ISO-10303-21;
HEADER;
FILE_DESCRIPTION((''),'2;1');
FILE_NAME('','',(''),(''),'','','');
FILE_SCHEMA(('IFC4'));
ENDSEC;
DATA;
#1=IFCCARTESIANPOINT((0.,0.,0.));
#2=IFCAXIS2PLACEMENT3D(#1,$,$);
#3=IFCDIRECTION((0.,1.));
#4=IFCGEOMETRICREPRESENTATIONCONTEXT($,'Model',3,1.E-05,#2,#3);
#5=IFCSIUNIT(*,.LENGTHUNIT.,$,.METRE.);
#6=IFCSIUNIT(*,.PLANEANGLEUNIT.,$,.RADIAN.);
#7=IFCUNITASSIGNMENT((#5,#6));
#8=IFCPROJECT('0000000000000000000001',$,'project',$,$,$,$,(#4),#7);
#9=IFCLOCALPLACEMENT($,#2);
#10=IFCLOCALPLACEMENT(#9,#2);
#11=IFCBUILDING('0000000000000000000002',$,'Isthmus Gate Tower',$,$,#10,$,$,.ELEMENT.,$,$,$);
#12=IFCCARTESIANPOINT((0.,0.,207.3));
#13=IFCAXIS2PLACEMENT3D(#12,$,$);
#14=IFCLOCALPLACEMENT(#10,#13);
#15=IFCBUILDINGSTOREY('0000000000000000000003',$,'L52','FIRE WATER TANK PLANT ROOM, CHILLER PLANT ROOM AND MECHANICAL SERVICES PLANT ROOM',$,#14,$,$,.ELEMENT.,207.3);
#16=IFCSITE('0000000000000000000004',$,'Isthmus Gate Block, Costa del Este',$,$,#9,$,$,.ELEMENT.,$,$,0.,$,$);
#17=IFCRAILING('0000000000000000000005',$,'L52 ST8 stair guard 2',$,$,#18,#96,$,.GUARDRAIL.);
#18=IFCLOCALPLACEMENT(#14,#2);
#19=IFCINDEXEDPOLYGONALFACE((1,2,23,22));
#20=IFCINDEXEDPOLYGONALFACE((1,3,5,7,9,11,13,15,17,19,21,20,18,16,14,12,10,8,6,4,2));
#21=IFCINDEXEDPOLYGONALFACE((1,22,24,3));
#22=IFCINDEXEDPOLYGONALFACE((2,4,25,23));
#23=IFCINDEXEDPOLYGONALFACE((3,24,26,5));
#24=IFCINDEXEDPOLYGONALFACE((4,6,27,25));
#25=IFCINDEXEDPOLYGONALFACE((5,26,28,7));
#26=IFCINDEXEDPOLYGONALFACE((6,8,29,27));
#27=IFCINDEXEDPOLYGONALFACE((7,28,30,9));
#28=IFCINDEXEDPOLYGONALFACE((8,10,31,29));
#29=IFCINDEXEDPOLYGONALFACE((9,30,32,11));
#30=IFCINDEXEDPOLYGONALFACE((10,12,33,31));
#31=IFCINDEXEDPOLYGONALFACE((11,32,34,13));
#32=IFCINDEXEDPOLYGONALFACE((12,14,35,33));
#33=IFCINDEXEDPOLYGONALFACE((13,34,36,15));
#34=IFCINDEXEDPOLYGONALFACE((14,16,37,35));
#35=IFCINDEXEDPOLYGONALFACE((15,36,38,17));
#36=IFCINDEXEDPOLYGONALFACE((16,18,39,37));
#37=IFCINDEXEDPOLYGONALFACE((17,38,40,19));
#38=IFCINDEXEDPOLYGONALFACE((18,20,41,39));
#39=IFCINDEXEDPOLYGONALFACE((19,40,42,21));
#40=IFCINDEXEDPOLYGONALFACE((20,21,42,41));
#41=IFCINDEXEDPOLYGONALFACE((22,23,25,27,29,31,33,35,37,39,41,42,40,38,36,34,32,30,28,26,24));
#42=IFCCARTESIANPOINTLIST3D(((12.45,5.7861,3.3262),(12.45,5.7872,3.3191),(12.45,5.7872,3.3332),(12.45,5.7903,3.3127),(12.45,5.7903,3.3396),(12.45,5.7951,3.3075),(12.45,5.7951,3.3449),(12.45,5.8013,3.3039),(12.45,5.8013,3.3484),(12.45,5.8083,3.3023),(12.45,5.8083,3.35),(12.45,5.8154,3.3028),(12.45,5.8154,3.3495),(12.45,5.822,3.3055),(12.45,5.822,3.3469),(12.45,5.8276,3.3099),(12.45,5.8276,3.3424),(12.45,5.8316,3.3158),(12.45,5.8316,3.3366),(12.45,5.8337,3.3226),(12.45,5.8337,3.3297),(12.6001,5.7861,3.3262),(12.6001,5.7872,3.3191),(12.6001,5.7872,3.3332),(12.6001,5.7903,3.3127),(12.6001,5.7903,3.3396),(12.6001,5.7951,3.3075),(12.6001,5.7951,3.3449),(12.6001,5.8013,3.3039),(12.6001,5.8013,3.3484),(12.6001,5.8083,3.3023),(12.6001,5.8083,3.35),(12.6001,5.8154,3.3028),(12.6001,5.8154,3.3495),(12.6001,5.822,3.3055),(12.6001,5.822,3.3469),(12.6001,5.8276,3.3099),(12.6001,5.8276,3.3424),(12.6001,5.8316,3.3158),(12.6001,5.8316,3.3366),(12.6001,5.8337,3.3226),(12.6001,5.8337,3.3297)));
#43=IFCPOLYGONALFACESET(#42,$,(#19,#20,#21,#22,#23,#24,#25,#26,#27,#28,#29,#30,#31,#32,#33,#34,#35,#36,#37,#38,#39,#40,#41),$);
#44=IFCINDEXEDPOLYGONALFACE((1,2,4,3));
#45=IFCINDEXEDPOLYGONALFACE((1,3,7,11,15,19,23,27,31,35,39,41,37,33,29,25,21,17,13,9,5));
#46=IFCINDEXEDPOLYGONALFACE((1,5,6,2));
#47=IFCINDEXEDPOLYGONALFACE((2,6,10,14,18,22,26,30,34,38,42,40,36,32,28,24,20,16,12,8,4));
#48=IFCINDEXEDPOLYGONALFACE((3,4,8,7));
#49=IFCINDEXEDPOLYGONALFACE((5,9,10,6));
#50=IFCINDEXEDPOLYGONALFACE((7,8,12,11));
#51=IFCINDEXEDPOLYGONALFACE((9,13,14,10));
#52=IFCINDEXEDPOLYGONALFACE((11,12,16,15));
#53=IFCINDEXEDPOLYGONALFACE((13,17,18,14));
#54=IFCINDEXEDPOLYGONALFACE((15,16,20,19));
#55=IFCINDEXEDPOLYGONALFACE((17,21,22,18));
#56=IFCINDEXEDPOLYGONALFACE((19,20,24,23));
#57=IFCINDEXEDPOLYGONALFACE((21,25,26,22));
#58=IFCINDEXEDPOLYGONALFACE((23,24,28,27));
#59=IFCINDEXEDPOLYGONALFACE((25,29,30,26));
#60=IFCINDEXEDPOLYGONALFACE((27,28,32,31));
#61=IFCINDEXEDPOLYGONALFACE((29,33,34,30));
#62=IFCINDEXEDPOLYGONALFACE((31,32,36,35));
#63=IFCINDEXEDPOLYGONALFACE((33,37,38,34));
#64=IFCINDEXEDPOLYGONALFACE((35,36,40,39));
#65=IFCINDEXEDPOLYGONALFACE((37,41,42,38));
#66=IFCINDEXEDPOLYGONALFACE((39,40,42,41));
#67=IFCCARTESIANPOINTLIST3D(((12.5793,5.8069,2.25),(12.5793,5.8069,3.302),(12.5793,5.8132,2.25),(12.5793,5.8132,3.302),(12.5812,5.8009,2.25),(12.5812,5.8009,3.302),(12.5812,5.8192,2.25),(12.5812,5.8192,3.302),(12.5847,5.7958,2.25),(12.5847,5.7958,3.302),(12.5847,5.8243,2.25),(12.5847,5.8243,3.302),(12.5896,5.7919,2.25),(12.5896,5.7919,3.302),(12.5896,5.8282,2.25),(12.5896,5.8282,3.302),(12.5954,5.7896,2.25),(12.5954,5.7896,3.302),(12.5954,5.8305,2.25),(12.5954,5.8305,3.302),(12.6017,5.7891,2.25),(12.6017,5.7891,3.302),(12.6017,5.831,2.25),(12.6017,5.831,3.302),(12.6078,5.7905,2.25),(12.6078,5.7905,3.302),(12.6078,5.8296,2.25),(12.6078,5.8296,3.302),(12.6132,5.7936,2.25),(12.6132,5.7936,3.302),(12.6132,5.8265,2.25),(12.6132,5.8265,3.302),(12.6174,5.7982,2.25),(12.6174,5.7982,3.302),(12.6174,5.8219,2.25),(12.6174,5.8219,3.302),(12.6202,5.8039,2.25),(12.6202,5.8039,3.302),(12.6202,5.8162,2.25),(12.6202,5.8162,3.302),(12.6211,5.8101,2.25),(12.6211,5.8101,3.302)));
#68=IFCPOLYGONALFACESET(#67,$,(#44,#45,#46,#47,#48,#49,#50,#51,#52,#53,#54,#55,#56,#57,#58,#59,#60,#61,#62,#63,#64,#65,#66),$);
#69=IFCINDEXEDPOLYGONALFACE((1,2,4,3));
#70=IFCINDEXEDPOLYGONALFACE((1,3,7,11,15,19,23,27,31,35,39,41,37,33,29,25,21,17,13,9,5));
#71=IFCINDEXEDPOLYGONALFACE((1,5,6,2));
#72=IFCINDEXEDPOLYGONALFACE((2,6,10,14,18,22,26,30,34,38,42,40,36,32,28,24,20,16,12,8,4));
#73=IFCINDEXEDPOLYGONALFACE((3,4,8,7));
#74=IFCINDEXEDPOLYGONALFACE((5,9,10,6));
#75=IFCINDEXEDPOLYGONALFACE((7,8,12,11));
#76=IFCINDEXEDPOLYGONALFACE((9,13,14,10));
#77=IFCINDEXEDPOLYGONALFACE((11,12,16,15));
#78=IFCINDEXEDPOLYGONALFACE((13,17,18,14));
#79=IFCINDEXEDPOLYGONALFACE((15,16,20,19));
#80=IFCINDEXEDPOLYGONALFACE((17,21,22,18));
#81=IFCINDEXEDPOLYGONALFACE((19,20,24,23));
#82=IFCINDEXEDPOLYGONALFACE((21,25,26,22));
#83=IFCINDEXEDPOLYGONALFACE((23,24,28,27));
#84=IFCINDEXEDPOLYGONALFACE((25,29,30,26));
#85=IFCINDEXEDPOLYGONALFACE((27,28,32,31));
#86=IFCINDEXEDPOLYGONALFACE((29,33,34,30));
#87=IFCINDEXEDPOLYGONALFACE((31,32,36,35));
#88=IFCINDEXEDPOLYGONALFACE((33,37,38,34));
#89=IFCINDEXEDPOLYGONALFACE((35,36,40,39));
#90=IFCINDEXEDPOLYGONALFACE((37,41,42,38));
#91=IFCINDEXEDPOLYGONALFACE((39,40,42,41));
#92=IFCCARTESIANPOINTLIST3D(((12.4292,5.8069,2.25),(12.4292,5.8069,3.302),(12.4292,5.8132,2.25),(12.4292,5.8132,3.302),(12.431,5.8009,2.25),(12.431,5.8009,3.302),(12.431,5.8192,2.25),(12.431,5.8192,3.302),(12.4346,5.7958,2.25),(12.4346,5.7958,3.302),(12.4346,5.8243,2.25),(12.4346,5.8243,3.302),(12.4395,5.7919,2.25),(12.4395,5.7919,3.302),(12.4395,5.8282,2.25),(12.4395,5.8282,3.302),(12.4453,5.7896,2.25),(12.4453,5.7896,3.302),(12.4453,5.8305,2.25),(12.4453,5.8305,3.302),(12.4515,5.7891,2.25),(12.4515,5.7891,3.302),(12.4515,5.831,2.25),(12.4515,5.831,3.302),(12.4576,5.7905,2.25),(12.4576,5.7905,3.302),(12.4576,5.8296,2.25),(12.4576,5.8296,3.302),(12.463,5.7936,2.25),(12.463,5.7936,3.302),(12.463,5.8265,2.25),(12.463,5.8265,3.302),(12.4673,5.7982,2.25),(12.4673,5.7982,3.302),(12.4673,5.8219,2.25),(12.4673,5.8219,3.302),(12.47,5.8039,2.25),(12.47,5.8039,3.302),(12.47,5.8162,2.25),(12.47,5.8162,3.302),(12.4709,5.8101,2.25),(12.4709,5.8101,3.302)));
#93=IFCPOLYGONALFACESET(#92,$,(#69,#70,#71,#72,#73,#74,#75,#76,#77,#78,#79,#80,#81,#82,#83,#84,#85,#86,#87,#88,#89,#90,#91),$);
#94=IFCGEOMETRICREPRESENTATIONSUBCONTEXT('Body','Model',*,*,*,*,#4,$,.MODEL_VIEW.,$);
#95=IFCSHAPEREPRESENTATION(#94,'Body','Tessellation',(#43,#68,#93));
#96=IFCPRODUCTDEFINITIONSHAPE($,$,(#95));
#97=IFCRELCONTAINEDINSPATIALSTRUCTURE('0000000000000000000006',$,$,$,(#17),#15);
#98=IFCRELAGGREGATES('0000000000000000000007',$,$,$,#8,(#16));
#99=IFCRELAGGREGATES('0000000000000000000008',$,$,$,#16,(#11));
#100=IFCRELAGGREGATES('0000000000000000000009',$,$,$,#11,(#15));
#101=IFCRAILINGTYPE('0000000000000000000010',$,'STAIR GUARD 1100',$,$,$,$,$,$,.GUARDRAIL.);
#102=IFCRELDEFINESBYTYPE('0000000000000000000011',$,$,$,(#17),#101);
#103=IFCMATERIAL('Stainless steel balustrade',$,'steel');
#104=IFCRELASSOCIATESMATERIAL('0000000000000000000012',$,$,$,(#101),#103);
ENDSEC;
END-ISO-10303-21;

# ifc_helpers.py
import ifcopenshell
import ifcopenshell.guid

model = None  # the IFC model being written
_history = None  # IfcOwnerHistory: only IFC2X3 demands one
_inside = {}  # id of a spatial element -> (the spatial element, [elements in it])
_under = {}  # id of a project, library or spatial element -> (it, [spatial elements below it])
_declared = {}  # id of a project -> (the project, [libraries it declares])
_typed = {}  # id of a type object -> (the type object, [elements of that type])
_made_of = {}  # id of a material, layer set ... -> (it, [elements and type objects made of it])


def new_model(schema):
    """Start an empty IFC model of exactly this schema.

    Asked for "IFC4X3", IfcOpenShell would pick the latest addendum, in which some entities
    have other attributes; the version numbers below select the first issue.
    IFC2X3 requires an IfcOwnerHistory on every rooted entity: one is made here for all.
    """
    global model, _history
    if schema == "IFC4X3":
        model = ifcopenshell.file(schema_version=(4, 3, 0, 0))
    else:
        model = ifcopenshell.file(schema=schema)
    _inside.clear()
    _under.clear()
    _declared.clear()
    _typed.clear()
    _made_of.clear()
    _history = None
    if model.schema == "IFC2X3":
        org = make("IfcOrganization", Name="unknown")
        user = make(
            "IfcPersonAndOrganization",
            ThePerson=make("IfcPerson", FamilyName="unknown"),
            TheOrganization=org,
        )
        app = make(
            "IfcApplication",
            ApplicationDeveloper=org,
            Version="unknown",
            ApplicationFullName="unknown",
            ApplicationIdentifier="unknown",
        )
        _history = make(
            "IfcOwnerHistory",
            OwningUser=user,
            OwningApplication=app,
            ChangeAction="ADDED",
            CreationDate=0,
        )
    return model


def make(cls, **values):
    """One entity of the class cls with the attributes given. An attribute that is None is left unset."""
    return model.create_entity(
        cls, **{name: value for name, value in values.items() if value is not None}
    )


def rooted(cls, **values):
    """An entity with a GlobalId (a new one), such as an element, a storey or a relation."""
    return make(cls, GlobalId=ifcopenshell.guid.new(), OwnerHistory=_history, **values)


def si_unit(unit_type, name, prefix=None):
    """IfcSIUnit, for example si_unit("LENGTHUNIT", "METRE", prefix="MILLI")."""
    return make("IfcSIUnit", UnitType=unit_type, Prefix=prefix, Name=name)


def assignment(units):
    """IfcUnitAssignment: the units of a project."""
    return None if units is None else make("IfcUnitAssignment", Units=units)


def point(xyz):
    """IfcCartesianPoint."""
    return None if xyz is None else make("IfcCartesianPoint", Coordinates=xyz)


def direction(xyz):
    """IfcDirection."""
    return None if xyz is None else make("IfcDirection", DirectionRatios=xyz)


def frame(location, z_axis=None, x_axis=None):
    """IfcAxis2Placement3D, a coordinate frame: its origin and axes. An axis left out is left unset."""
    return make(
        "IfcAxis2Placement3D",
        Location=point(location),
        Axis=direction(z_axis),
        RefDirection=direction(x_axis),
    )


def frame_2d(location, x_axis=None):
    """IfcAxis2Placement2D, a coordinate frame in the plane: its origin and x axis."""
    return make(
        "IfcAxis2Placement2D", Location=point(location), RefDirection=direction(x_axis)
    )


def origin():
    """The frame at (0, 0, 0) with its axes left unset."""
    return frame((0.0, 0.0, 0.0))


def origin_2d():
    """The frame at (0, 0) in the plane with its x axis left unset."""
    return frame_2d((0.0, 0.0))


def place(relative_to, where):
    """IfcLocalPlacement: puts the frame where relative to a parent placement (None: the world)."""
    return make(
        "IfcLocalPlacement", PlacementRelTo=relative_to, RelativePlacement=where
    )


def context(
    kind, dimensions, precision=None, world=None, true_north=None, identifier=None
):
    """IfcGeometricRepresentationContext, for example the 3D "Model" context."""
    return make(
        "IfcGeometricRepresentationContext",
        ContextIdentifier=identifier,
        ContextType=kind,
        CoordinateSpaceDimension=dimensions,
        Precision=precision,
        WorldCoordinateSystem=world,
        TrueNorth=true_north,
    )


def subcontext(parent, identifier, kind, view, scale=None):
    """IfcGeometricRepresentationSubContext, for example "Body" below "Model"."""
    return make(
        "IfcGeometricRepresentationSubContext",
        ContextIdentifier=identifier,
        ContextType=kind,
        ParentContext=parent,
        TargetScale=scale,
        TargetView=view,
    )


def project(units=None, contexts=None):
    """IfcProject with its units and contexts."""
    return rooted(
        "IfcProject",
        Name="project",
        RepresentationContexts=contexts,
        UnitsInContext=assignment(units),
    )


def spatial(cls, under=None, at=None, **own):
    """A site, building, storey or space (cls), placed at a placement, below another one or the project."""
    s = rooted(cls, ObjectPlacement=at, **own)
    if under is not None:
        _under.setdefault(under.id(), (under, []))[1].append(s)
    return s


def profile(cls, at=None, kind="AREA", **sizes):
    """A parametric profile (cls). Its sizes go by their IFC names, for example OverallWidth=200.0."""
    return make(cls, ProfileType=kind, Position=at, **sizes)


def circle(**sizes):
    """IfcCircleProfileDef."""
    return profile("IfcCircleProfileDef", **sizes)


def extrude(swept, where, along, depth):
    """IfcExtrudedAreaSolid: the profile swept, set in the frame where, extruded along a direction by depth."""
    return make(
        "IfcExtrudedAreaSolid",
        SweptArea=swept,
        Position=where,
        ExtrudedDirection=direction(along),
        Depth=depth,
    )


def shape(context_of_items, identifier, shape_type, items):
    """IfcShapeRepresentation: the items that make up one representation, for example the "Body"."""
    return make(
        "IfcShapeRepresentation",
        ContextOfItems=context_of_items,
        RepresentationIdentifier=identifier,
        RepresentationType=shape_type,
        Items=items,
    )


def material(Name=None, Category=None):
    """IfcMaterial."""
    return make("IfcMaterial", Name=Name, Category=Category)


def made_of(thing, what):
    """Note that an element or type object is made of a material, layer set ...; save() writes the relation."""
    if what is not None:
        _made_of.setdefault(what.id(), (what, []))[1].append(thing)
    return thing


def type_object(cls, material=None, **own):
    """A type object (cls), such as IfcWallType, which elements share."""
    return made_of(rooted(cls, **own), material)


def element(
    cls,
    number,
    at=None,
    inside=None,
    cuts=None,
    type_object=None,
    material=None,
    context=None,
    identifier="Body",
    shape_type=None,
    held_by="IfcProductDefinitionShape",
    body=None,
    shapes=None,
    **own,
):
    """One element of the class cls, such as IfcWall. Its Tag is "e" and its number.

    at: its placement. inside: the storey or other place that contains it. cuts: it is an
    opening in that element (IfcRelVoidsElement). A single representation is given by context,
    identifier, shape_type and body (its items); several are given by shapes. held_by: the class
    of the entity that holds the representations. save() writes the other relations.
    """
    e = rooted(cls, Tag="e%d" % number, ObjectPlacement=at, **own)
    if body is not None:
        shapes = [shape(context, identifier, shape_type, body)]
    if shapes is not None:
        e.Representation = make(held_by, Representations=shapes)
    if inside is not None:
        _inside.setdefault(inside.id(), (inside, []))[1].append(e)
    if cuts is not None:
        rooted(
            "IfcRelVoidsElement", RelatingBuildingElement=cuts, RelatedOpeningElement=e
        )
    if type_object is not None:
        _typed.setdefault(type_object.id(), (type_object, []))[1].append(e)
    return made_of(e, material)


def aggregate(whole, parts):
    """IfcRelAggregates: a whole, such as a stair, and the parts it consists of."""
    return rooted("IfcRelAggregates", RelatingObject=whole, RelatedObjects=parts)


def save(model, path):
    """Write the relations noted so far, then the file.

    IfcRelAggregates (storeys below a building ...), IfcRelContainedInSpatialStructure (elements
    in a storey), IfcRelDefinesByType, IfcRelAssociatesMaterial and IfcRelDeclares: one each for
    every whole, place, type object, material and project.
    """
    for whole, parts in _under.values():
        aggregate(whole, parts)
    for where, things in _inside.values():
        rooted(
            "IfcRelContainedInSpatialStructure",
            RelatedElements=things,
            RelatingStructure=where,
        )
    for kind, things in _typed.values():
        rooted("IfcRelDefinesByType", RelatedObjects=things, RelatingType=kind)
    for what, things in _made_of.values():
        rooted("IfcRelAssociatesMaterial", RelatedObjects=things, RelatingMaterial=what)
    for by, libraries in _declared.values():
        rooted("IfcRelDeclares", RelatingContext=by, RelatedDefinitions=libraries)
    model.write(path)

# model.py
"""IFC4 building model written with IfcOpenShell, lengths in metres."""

from ifc_helpers import new_model, si_unit, direction, frame, origin, origin_2d, place, context, subcontext, project, spatial, circle, extrude, material, type_object, element, save


model = new_model("IFC4")

# Units and contexts
model_context = context("Model", 3, precision=1e-05, world=origin(), true_north=direction((0.0, 1.0)))
body_context = subcontext(model_context, "Body", "Model", "MODEL_VIEW")
ifc_project = project(units=[si_unit("LENGTHUNIT", "METRE"), si_unit("PLANEANGLEUNIT", "RADIAN")], contexts=[model_context])

# Site, building, storey
site_placement = place(None, origin())
site = spatial("IfcSite", under=ifc_project, at=site_placement, Name="Isthmus Gate Block, Costa del Este", CompositionType="ELEMENT", RefElevation=0.0)
building_placement = place(site_placement, origin())
building = spatial("IfcBuilding", under=site, at=building_placement, Name="Isthmus Gate Tower", CompositionType="ELEMENT")
storey_placement = place(building_placement, frame((0.0, 0.0, 207.3)))
storey = spatial("IfcBuildingStorey", under=building, at=storey_placement, Name="L52", Description="FIRE WATER TANK PLANT ROOM, CHILLER PLANT ROOM AND MECHANICAL SERVICES PLANT ROOM", CompositionType="ELEMENT", Elevation=207.3)

# Railing
ifc_material_1 = material(Name="Stainless steel balustrade", Category="steel")
railing_type_1 = type_object("IfcRailingType", Name="STAIR GUARD 1100", PredefinedType="GUARDRAIL", material=ifc_material_1)
railing_1_placement = place(storey_placement, frame((12.6001, 5.8101, 2.25)))
element("IfcRailing", 1, at=railing_1_placement, inside=storey, type_object=railing_type_1, Name="L52 ST8 stair guard 2", PredefinedType="GUARDRAIL", context=body_context, shape_type="SweptSolid", body=[
    extrude(circle(Radius=0.0239, at=origin_2d()), frame((0.0, 0.0, 1.0762), z_axis=(-1.0, 0.0, 0.0), x_axis=(0.0, -1.0, 0.0)), (0.0, 0.0, 1.0), 0.1501),
    extrude(circle(Radius=0.021, at=origin_2d()), origin(), (0.0, 0.0, 1.0), 1.052),
    extrude(circle(Radius=0.021, at=origin_2d()), frame((-0.1501, 0.0, 0.0)), (0.0, 0.0, 1.0), 1.052),
])

save(model, "model.ifc")
